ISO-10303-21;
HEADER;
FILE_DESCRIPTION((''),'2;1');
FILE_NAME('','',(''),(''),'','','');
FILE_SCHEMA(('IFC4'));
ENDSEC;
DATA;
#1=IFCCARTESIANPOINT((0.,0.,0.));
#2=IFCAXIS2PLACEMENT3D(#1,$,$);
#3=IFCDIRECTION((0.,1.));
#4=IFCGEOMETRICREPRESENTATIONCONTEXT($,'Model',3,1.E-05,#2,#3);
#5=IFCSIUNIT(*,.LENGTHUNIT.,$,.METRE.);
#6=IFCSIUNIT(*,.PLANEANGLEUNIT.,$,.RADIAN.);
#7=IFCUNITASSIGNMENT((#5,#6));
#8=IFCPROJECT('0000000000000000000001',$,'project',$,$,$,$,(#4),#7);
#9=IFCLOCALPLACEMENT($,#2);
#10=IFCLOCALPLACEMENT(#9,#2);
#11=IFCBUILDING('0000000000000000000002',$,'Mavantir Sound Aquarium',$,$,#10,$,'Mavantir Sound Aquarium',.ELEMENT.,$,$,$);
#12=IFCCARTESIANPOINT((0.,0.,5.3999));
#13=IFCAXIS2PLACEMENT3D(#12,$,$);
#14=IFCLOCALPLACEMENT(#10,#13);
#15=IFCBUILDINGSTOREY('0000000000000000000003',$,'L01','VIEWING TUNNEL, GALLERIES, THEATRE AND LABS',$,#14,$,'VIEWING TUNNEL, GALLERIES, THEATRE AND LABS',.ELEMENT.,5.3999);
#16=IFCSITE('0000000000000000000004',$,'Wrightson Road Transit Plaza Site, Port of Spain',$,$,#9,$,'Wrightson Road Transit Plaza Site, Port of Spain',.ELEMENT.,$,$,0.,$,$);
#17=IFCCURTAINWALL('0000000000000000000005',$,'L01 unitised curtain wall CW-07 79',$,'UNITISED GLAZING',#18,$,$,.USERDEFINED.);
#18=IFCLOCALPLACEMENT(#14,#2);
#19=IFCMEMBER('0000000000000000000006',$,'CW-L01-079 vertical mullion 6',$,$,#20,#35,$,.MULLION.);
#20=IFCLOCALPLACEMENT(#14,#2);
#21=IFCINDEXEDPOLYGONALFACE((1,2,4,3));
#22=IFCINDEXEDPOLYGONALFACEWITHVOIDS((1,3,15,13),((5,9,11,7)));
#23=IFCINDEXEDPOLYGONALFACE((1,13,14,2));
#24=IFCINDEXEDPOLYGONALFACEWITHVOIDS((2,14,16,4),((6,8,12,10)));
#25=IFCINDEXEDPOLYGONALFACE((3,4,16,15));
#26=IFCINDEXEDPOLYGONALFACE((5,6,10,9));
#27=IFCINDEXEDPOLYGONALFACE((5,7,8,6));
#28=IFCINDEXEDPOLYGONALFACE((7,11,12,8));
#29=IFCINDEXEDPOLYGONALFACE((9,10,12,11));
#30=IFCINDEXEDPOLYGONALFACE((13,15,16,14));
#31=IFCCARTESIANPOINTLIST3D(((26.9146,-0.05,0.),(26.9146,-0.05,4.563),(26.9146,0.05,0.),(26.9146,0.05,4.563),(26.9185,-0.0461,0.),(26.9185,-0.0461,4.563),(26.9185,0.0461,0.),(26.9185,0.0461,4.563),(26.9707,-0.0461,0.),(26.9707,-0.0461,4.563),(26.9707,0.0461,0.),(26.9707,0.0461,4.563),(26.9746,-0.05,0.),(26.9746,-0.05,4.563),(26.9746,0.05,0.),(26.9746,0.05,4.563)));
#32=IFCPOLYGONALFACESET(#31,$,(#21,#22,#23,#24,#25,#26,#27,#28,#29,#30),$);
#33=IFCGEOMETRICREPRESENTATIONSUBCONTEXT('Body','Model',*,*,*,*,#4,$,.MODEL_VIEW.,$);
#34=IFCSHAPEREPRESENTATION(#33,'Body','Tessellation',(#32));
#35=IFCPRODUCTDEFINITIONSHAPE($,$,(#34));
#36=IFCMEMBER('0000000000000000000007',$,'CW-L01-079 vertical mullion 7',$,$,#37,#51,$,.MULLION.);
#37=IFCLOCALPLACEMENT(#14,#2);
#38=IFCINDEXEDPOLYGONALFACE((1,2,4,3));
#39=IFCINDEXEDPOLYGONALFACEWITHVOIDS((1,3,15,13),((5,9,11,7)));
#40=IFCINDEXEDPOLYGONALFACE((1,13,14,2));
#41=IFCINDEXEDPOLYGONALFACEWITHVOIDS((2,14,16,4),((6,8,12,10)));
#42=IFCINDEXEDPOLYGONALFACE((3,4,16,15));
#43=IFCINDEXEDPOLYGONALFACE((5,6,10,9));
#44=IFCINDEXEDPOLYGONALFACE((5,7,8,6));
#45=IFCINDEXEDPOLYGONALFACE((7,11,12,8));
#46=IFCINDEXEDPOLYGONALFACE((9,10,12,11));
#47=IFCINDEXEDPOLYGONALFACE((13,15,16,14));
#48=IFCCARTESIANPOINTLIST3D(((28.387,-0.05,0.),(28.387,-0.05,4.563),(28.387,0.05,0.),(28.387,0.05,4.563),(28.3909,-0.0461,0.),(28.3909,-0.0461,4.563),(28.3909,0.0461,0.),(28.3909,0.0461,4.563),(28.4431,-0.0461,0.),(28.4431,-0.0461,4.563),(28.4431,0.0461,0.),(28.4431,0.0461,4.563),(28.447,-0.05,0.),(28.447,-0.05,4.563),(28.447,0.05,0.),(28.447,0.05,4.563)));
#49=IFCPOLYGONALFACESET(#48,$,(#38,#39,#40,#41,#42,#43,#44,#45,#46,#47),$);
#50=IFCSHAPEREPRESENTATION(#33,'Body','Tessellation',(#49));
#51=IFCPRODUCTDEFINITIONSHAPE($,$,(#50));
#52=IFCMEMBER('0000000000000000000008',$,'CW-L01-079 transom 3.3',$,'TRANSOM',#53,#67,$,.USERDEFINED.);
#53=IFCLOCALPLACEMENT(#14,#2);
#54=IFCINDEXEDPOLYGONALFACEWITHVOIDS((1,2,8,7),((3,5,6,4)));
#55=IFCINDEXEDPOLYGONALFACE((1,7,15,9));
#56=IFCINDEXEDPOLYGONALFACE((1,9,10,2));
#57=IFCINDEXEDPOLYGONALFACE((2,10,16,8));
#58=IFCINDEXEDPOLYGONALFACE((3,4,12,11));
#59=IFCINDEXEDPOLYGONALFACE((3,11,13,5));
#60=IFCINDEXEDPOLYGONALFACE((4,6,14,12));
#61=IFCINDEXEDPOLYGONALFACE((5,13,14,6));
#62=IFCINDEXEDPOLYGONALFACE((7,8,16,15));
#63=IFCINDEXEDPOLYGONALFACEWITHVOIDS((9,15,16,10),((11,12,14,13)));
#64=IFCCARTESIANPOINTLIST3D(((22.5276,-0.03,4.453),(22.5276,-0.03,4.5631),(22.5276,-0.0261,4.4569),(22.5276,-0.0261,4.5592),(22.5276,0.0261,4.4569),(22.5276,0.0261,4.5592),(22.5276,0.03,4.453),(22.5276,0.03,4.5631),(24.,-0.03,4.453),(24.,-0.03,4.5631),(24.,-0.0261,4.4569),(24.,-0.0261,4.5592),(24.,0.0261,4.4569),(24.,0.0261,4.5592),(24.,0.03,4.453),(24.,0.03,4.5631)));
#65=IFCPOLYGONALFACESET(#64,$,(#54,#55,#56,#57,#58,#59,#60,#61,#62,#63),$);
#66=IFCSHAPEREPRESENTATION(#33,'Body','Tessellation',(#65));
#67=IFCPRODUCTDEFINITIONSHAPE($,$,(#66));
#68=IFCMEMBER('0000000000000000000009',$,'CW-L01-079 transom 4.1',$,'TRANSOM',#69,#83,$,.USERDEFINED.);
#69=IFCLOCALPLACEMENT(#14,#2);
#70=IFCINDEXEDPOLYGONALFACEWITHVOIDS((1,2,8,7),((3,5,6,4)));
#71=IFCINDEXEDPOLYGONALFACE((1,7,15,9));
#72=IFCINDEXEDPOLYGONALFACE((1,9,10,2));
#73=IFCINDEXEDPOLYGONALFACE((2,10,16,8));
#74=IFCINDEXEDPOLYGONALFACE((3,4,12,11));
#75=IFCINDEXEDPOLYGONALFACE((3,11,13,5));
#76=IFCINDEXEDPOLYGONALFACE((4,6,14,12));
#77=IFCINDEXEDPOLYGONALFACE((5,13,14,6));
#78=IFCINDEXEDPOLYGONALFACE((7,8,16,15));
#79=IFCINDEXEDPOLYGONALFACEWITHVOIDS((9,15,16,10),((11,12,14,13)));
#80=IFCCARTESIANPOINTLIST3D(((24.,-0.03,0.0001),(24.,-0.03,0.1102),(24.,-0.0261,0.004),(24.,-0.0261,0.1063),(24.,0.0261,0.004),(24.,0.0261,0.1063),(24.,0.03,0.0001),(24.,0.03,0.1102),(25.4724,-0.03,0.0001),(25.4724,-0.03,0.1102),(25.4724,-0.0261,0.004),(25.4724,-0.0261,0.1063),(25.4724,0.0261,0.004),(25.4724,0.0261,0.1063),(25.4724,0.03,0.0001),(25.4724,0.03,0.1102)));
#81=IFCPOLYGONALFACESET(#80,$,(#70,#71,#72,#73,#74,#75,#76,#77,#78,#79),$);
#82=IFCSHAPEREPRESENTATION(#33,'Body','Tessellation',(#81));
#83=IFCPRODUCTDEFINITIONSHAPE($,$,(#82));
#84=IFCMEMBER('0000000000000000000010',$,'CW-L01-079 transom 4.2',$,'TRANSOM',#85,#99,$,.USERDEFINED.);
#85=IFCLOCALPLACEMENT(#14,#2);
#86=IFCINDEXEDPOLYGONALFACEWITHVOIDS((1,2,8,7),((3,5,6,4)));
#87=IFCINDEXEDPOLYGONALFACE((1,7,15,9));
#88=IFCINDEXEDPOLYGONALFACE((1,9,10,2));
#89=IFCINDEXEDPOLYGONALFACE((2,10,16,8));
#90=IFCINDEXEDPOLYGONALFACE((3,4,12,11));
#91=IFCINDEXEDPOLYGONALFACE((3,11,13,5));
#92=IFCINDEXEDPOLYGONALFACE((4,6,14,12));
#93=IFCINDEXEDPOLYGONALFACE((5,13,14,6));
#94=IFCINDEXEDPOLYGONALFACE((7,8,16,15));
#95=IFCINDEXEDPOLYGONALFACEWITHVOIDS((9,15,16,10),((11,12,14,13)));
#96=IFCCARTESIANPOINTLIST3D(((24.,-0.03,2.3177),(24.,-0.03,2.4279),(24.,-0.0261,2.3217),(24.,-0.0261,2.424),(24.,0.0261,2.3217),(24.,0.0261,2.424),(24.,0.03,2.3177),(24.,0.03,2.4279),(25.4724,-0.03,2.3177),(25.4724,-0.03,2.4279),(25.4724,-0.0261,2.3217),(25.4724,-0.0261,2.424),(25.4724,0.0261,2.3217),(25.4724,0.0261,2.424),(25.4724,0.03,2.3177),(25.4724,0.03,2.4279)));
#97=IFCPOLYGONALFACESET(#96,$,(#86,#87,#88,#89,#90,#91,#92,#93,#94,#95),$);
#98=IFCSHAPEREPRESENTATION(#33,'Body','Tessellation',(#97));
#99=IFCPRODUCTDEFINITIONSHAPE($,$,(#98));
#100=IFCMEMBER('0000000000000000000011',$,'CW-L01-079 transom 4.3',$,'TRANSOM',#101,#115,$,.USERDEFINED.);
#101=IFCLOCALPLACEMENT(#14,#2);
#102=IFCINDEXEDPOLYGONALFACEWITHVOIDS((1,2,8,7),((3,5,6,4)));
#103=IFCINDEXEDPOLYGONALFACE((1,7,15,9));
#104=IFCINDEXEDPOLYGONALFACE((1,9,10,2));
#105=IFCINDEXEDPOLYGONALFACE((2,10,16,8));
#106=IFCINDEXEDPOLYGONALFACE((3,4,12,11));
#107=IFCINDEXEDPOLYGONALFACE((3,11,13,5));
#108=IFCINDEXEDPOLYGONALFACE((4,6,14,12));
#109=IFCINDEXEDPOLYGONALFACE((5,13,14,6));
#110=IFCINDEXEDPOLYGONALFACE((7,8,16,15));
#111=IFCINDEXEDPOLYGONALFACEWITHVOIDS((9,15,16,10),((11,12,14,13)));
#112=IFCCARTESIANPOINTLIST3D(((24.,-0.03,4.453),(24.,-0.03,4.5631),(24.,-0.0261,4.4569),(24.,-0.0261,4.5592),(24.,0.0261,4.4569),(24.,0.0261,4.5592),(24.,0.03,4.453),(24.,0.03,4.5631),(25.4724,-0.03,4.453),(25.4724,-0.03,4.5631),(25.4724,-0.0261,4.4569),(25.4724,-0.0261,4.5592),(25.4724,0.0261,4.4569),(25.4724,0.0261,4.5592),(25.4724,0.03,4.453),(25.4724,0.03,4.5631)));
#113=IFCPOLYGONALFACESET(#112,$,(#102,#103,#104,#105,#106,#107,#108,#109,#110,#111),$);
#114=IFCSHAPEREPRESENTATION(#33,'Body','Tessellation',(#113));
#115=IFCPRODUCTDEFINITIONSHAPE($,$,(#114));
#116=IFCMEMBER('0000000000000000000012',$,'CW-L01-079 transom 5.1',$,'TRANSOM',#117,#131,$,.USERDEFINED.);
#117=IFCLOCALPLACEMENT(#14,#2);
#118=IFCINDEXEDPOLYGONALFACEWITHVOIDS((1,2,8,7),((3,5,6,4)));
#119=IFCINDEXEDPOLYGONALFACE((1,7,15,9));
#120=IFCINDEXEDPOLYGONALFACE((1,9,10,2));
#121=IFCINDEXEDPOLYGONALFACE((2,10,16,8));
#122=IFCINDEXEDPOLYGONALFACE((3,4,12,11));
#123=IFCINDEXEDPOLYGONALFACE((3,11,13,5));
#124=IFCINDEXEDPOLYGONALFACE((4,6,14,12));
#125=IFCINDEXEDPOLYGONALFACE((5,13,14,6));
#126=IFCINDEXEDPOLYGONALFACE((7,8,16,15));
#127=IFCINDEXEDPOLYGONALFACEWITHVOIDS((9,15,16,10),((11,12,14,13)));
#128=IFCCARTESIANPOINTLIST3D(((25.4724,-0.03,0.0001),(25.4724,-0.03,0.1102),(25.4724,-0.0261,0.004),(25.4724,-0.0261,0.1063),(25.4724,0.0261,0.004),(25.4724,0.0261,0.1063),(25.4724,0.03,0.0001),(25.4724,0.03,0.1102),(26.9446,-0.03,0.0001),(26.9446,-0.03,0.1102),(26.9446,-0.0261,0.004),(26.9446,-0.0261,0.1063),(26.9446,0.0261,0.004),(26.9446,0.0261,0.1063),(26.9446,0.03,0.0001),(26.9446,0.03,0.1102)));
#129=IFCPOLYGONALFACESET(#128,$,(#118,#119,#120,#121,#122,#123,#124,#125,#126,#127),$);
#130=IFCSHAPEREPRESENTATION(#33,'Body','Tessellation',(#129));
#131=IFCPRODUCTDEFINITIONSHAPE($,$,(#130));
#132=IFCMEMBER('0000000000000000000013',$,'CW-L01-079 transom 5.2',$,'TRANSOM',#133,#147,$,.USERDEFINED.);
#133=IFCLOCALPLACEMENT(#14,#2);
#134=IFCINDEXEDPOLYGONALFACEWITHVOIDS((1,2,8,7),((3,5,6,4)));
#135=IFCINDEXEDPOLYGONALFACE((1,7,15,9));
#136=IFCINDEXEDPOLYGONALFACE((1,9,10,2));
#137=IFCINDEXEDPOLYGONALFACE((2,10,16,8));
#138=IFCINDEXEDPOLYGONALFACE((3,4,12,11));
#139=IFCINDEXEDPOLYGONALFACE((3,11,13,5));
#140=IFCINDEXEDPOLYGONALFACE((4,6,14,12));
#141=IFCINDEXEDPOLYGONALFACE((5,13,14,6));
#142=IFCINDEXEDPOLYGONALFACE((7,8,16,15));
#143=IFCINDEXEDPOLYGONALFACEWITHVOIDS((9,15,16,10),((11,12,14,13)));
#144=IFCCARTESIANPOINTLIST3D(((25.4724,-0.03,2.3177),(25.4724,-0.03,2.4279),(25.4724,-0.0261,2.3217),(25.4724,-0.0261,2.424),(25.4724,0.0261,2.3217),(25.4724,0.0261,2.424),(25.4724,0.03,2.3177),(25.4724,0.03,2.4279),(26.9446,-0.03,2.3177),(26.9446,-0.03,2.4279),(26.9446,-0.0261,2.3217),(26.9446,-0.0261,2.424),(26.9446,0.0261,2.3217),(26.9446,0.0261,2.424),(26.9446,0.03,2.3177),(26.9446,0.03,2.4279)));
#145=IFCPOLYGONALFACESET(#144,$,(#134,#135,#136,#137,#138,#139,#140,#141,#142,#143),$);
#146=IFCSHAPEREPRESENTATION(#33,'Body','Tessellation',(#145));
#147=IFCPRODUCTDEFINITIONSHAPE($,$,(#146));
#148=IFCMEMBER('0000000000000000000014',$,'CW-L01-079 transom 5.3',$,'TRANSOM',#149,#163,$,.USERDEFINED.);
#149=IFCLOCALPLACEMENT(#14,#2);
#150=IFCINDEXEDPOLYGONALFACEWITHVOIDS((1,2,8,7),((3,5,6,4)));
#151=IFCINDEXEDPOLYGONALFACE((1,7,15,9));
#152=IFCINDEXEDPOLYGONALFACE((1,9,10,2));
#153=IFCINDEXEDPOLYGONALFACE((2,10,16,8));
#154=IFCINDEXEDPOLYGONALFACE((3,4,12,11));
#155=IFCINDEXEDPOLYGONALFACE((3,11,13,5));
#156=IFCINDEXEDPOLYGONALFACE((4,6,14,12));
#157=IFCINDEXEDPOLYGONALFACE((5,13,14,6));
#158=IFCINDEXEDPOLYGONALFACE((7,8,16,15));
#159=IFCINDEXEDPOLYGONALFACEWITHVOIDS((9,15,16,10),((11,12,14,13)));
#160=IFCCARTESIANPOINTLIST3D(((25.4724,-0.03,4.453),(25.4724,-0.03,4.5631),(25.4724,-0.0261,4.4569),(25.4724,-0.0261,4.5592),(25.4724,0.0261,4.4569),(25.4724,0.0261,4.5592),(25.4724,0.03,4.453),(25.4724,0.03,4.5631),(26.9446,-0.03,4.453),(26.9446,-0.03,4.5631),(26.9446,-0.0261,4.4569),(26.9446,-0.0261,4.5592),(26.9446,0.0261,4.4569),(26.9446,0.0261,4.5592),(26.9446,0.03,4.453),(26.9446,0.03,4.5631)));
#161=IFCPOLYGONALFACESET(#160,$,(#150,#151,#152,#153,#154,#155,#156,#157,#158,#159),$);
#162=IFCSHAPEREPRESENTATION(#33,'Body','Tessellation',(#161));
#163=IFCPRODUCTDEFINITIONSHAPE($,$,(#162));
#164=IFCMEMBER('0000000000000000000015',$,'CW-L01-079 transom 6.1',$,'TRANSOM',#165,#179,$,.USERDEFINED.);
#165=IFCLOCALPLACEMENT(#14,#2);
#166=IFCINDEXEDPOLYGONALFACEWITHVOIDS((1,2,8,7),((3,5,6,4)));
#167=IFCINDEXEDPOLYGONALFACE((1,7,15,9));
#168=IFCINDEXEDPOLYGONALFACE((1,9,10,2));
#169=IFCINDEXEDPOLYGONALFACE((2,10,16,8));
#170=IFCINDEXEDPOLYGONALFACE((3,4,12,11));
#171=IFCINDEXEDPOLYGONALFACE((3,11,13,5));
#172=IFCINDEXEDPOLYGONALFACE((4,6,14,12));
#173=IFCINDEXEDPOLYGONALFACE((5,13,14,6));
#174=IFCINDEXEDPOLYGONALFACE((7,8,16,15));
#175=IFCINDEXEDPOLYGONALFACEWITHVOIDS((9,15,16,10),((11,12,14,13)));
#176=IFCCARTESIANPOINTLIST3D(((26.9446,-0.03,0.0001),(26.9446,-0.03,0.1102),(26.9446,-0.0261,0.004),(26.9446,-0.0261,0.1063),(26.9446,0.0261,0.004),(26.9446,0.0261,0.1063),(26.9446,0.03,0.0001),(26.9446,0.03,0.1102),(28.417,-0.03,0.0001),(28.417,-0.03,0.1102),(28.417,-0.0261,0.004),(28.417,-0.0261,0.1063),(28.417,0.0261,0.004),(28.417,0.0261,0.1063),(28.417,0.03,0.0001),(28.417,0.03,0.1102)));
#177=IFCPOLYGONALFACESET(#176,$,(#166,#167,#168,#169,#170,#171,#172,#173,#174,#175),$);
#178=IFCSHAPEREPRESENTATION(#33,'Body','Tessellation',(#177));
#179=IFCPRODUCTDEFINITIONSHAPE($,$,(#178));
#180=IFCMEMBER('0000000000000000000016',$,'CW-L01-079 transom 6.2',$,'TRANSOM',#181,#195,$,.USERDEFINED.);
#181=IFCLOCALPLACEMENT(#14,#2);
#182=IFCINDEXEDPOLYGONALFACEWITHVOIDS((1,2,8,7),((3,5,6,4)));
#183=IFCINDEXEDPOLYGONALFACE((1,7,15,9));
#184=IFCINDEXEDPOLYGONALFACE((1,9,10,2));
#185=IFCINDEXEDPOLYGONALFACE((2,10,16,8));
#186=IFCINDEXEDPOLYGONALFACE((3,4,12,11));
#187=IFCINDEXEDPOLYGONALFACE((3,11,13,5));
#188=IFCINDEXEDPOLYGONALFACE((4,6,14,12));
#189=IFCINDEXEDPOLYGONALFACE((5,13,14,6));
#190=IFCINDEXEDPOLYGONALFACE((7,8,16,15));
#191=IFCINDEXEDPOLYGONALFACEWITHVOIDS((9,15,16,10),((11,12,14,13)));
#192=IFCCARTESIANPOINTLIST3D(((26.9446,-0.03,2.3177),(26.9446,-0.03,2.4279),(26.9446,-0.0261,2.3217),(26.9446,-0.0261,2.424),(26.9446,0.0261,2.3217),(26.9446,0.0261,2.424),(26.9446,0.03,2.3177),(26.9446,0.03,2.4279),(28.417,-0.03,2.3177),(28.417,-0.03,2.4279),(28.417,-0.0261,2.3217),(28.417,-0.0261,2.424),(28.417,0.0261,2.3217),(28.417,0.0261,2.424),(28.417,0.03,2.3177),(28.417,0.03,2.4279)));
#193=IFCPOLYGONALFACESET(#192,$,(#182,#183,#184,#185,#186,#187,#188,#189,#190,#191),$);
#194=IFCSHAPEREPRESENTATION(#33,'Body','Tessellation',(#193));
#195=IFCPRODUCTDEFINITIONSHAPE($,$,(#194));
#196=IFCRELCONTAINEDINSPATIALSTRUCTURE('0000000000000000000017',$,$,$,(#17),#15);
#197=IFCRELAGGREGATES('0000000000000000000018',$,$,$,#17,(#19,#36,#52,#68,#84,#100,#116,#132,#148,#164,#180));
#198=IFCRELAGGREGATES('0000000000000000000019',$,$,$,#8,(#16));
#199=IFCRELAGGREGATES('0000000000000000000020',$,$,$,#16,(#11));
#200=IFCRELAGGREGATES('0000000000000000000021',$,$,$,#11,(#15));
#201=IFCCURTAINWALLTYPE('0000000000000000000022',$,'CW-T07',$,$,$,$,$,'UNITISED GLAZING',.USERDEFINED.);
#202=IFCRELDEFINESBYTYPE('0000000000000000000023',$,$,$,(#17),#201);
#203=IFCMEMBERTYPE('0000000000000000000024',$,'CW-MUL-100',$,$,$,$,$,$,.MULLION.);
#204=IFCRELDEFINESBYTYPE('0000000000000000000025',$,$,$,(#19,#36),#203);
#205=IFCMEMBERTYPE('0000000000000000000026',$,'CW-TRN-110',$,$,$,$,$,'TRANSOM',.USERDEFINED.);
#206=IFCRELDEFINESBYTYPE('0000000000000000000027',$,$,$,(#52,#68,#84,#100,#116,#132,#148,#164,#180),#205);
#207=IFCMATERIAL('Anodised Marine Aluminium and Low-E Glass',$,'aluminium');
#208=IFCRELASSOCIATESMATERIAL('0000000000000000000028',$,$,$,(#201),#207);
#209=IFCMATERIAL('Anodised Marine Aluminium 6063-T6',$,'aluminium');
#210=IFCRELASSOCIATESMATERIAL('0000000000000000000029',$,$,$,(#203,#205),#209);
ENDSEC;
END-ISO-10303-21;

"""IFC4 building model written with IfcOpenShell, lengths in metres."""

from ifc_helpers import new_model, si_unit, direction, frame, origin, origin_2d, place, context, subcontext, project, spatial, hollow_rectangle, extrude, material, material_profile, profile_set, type_object, element, aggregate, save


model = new_model("IFC4")

# Units and contexts
model_context = context("Model", 3, precision=1e-05, world=origin(), true_north=direction((0.0, 1.0)))
body_context = subcontext(model_context, "Body", "Model", "MODEL_VIEW")
ifc_project = project(units=[si_unit("LENGTHUNIT", "METRE"), si_unit("PLANEANGLEUNIT", "RADIAN")], contexts=[model_context])

# Site, building, storey
site_placement = place(None, origin())
site = spatial("IfcSite", under=ifc_project, at=site_placement, Name="Wrightson Road Transit Plaza Site, Port of Spain", LongName="Wrightson Road Transit Plaza Site, Port of Spain", CompositionType="ELEMENT", RefElevation=0.0)
building_placement = place(site_placement, origin())
building = spatial("IfcBuilding", under=site, at=building_placement, Name="Mavantir Sound Aquarium", LongName="Mavantir Sound Aquarium", CompositionType="ELEMENT")
storey_placement = place(building_placement, frame((0.0, 0.0, 5.3999)))
storey = spatial("IfcBuildingStorey", under=building, at=storey_placement, Name="L01", Description="VIEWING TUNNEL, GALLERIES, THEATRE AND LABS", LongName="VIEWING TUNNEL, GALLERIES, THEATRE AND LABS", CompositionType="ELEMENT", Elevation=5.3999)

# Curtain wall, members
ifc_material_1 = material(Name="Anodised Marine Aluminium and Low-E Glass", Category="aluminium")
curtain_wall_type = type_object("IfcCurtainWallType", Name="CW-T07", ElementType="UNITISED GLAZING", PredefinedType="USERDEFINED", material=ifc_material_1)
curtain_wall_placement = place(storey_placement, origin())
curtain_wall = element("IfcCurtainWall", 1, at=curtain_wall_placement, inside=storey, type_object=curtain_wall_type, Name="L01 unitised curtain wall CW-07 79", ObjectType="UNITISED GLAZING", PredefinedType="USERDEFINED")
ifc_material_2 = material(Name="Anodised Marine Aluminium 6063-T6", Category="aluminium")
ifc_material_profile_1 = material_profile(ifc_material_2, hollow_rectangle(XDim=0.0601, YDim=0.1001, WallThickness=0.0039, at=origin_2d()), Name="ALU-MULLION-100X60")
ifc_profile_set_1 = profile_set([ifc_material_profile_1], Name="Anodised Marine Aluminium 6063-T6")
member_type_1 = type_object("IfcMemberType", Name="CW-MUL-100", PredefinedType="MULLION", material=ifc_profile_set_1)
member_1_placement = place(storey_placement, frame((26.9446, 0.0, 0.0), z_axis=(0.0, 0.0, 1.0), x_axis=(1.0, 0.0, 0.0)))
member_1 = element("IfcMember", 2, at=member_1_placement, type_object=member_type_1, Name="CW-L01-079 vertical mullion 6", PredefinedType="MULLION", context=body_context, shape_type="SweptSolid", body=[
    extrude(hollow_rectangle(XDim=0.0601, YDim=0.1001, WallThickness=0.0039, at=origin_2d()), origin(), (0.0, 0.0, 1.0), 4.563),
])
member_2_placement = place(storey_placement, frame((28.417, 0.0, 0.0), z_axis=(0.0, 0.0, 1.0), x_axis=(1.0, 0.0, 0.0)))
member_2 = element("IfcMember", 3, at=member_2_placement, type_object=member_type_1, Name="CW-L01-079 vertical mullion 7", PredefinedType="MULLION", context=body_context, shape_type="SweptSolid", body=[
    extrude(hollow_rectangle(XDim=0.0601, YDim=0.1001, WallThickness=0.0039, at=origin_2d()), origin(), (0.0, 0.0, 1.0), 4.563),
])
ifc_material_profile_2 = material_profile(ifc_material_2, hollow_rectangle(XDim=0.0601, YDim=0.1101, WallThickness=0.0039, at=origin_2d()), Name="ALU-TRANSOM-110X60")
ifc_profile_set_2 = profile_set([ifc_material_profile_2], Name="Anodised Marine Aluminium 6063-T6")
member_type_2 = type_object("IfcMemberType", Name="CW-TRN-110", ElementType="TRANSOM", PredefinedType="USERDEFINED", material=ifc_profile_set_2)
member_3_placement = place(storey_placement, frame((22.5276, 0.0, 4.5081), z_axis=(1.0, 0.0, 0.0), x_axis=(0.0, 1.0, 0.0)))
member_3 = element("IfcMember", 4, at=member_3_placement, type_object=member_type_2, Name="CW-L01-079 transom 3.3", ObjectType="TRANSOM", PredefinedType="USERDEFINED", context=body_context, shape_type="SweptSolid", body=[
    extrude(hollow_rectangle(XDim=0.0601, YDim=0.1101, WallThickness=0.0039, at=origin_2d()), origin(), (0.0, 0.0, 1.0), 1.4724),
])
member_4_placement = place(storey_placement, frame((24.0, 0.0, 0.0552), z_axis=(1.0, 0.0, 0.0), x_axis=(0.0, 1.0, 0.0)))
member_4 = element("IfcMember", 5, at=member_4_placement, type_object=member_type_2, Name="CW-L01-079 transom 4.1", ObjectType="TRANSOM", PredefinedType="USERDEFINED", context=body_context, shape_type="SweptSolid", body=[
    extrude(hollow_rectangle(XDim=0.0601, YDim=0.1101, WallThickness=0.0039, at=origin_2d()), origin(), (0.0, 0.0, 1.0), 1.4724),
])
member_5_placement = place(storey_placement, frame((24.0, 0.0, 2.3728), z_axis=(1.0, 0.0, 0.0), x_axis=(0.0, 1.0, 0.0)))
member_5 = element("IfcMember", 6, at=member_5_placement, type_object=member_type_2, Name="CW-L01-079 transom 4.2", ObjectType="TRANSOM", PredefinedType="USERDEFINED", context=body_context, shape_type="SweptSolid", body=[
    extrude(hollow_rectangle(XDim=0.0601, YDim=0.1101, WallThickness=0.0039, at=origin_2d()), origin(), (0.0, 0.0, 1.0), 1.4724),
])
member_6_placement = place(storey_placement, frame((24.0, 0.0, 4.5081), z_axis=(1.0, 0.0, 0.0), x_axis=(0.0, 1.0, 0.0)))
member_6 = element("IfcMember", 7, at=member_6_placement, type_object=member_type_2, Name="CW-L01-079 transom 4.3", ObjectType="TRANSOM", PredefinedType="USERDEFINED", context=body_context, shape_type="SweptSolid", body=[
    extrude(hollow_rectangle(XDim=0.0601, YDim=0.1101, WallThickness=0.0039, at=origin_2d()), origin(), (0.0, 0.0, 1.0), 1.4724),
])
member_7_placement = place(storey_placement, frame((25.4724, 0.0, 0.0552), z_axis=(1.0, 0.0, 0.0), x_axis=(0.0, 1.0, 0.0)))
member_7 = element("IfcMember", 8, at=member_7_placement, type_object=member_type_2, Name="CW-L01-079 transom 5.1", ObjectType="TRANSOM", PredefinedType="USERDEFINED", context=body_context, shape_type="SweptSolid", body=[
    extrude(hollow_rectangle(XDim=0.0601, YDim=0.1101, WallThickness=0.0039, at=origin_2d()), origin(), (0.0, 0.0, 1.0), 1.4722),
])
member_8_placement = place(storey_placement, frame((25.4724, 0.0, 2.3728), z_axis=(1.0, 0.0, 0.0), x_axis=(0.0, 1.0, 0.0)))
member_8 = element("IfcMember", 9, at=member_8_placement, type_object=member_type_2, Name="CW-L01-079 transom 5.2", ObjectType="TRANSOM", PredefinedType="USERDEFINED", context=body_context, shape_type="SweptSolid", body=[
    extrude(hollow_rectangle(XDim=0.0601, YDim=0.1101, WallThickness=0.0039, at=origin_2d()), origin(), (0.0, 0.0, 1.0), 1.4722),
])
member_9_placement = place(storey_placement, frame((25.4724, 0.0, 4.5081), z_axis=(1.0, 0.0, 0.0), x_axis=(0.0, 1.0, 0.0)))
member_9 = element("IfcMember", 10, at=member_9_placement, type_object=member_type_2, Name="CW-L01-079 transom 5.3", ObjectType="TRANSOM", PredefinedType="USERDEFINED", context=body_context, shape_type="SweptSolid", body=[
    extrude(hollow_rectangle(XDim=0.0601, YDim=0.1101, WallThickness=0.0039, at=origin_2d()), origin(), (0.0, 0.0, 1.0), 1.4722),
])
member_10_placement = place(storey_placement, frame((26.9446, 0.0, 0.0552), z_axis=(1.0, 0.0, 0.0), x_axis=(0.0, 1.0, 0.0)))
member_10 = element("IfcMember", 11, at=member_10_placement, type_object=member_type_2, Name="CW-L01-079 transom 6.1", ObjectType="TRANSOM", PredefinedType="USERDEFINED", context=body_context, shape_type="SweptSolid", body=[
    extrude(hollow_rectangle(XDim=0.0601, YDim=0.1101, WallThickness=0.0039, at=origin_2d()), origin(), (0.0, 0.0, 1.0), 1.4724),
])
member_11_placement = place(storey_placement, frame((26.9446, 0.0, 2.3728), z_axis=(1.0, 0.0, 0.0), x_axis=(0.0, 1.0, 0.0)))
member_11 = element("IfcMember", 12, at=member_11_placement, type_object=member_type_2, Name="CW-L01-079 transom 6.2", ObjectType="TRANSOM", PredefinedType="USERDEFINED", context=body_context, shape_type="SweptSolid", body=[
    extrude(hollow_rectangle(XDim=0.0601, YDim=0.1101, WallThickness=0.0039, at=origin_2d()), origin(), (0.0, 0.0, 1.0), 1.4724),
])
aggregate(curtain_wall, [member_1, member_2, member_3, member_4, member_5, member_6, member_7, member_8, member_9, member_10, member_11])

save(model, "model.ifc")
